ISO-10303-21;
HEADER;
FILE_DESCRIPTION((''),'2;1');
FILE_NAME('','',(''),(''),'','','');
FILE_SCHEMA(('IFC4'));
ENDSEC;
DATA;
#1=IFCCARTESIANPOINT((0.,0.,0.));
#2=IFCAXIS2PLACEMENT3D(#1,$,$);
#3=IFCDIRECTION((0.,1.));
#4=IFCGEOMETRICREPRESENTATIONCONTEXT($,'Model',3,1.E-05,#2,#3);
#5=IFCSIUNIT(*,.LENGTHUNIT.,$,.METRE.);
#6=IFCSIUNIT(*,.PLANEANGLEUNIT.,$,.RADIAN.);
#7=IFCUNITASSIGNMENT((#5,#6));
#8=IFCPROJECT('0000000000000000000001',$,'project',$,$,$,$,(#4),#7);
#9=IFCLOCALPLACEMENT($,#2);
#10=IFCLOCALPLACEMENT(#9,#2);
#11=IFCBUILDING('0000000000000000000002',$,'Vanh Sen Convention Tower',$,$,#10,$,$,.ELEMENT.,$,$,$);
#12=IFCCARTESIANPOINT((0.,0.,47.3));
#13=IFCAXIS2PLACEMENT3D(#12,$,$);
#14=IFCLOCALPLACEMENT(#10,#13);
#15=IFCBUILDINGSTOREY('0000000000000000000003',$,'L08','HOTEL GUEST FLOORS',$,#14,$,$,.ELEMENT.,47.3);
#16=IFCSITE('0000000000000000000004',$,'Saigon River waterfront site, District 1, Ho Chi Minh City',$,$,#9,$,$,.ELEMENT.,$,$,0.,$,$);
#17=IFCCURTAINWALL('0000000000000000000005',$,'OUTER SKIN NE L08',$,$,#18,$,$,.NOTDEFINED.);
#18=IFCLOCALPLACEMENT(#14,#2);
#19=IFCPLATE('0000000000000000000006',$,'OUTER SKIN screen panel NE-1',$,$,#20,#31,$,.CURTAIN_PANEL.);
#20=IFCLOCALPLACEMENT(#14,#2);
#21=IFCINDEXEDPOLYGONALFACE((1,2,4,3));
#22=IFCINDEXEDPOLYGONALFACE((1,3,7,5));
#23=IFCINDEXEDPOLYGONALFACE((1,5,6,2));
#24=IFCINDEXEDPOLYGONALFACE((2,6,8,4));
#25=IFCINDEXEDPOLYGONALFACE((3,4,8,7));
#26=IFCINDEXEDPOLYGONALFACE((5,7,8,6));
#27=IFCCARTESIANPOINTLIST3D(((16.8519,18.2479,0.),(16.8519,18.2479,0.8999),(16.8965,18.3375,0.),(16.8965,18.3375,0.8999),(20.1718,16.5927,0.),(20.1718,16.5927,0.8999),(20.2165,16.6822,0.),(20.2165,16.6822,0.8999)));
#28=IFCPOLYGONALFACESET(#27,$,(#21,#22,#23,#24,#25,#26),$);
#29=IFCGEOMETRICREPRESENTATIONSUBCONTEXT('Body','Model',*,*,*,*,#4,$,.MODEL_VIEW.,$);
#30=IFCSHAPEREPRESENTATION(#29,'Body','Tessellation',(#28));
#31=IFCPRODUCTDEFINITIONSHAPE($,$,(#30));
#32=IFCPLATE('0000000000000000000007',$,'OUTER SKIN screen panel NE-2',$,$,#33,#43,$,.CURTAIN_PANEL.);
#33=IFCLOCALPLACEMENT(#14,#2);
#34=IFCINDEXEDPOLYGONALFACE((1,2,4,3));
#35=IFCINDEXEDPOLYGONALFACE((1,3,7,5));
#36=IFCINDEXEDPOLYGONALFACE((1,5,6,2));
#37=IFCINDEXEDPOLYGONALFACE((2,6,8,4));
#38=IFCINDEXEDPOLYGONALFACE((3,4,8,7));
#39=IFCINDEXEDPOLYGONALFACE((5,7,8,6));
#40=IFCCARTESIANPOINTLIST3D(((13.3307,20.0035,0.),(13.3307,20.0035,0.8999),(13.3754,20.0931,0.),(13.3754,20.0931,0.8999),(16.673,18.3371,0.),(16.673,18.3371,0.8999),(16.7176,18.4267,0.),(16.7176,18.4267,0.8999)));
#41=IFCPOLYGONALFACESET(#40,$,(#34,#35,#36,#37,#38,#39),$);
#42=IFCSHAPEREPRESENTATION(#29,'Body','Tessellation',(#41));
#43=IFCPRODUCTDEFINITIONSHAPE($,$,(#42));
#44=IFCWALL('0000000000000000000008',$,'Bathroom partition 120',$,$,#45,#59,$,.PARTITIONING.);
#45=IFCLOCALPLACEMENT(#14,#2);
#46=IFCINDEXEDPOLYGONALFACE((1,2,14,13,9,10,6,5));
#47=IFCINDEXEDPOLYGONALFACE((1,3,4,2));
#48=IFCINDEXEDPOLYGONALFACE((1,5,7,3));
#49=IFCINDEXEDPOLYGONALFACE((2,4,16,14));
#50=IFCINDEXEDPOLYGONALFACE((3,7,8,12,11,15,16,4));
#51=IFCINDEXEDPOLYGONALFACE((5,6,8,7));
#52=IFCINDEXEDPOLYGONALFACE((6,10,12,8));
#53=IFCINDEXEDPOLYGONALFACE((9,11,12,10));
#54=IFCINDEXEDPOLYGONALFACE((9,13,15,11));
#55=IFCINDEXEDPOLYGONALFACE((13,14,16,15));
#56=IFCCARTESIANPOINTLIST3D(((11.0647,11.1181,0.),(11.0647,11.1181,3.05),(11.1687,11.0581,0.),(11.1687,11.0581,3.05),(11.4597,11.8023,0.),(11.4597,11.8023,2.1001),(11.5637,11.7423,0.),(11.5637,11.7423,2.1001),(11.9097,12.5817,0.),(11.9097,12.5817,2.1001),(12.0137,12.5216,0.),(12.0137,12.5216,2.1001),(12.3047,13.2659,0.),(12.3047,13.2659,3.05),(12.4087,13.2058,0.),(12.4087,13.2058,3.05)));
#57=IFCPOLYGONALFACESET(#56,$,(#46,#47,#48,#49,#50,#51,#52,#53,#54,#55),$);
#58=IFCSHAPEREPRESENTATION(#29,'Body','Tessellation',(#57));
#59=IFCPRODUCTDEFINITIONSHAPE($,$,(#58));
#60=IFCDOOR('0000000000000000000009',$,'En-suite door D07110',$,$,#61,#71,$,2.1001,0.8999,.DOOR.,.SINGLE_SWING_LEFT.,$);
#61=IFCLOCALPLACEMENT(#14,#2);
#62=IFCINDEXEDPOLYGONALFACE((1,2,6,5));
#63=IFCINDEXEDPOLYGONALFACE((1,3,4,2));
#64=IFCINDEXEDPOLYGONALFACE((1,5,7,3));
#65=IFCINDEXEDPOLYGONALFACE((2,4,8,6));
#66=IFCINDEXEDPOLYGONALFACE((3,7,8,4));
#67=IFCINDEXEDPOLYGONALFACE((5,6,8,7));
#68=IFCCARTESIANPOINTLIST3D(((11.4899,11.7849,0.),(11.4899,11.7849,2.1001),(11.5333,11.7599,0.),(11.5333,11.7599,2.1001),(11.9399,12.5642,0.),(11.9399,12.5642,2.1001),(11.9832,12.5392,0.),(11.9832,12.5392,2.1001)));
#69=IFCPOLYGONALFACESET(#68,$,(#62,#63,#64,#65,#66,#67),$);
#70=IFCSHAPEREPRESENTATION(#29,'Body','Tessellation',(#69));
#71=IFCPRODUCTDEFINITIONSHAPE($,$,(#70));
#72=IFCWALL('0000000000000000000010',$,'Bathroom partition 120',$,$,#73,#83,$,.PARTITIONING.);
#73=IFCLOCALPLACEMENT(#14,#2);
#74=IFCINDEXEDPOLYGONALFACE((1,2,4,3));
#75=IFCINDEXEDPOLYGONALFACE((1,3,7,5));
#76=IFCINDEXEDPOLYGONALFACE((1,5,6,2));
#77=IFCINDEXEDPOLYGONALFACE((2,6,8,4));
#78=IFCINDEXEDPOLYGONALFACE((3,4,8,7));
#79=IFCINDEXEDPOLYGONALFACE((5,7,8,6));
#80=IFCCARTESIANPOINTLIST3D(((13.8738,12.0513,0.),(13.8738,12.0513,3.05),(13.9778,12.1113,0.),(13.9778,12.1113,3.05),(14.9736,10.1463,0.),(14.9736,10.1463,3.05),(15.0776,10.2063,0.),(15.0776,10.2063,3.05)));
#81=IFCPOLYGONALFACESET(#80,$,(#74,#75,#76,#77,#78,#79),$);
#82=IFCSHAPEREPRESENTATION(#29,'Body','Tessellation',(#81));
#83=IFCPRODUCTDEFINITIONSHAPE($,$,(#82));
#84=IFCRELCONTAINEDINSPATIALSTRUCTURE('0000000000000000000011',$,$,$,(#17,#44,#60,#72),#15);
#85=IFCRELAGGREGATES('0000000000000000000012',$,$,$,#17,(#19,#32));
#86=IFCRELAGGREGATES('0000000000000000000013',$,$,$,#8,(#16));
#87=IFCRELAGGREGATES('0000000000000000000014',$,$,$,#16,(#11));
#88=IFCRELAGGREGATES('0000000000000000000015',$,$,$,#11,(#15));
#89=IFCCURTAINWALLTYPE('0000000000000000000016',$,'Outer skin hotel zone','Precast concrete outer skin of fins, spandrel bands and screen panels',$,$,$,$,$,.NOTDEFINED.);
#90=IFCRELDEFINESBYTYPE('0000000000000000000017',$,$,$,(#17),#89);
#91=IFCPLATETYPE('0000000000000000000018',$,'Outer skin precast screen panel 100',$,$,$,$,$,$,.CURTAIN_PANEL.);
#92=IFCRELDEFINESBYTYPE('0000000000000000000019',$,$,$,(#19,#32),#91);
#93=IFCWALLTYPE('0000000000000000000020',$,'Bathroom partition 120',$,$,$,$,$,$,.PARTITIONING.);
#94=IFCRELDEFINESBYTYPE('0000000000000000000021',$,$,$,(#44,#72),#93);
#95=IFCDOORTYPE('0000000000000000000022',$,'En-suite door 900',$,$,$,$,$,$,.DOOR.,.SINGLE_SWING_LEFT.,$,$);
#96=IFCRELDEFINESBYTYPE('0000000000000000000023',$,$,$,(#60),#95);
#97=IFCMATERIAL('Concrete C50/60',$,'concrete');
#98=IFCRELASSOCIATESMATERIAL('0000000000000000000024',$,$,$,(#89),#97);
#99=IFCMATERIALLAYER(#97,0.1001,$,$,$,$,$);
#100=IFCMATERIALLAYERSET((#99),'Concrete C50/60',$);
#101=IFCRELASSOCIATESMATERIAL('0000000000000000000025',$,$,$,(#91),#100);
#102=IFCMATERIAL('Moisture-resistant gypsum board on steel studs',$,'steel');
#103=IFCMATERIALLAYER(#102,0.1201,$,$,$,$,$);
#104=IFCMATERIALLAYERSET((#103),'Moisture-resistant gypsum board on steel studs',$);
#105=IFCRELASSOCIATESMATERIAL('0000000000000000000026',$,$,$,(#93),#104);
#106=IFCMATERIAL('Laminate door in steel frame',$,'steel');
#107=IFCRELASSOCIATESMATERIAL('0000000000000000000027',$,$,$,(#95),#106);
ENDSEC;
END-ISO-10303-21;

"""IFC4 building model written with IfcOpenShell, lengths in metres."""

from ifc_helpers import new_model, si_unit, direction, frame, frame_2d, origin, origin_2d, place, context, subcontext, project, spatial, rectangle, extrude, material, layer, layer_set, type_object, element, fill, aggregate, save


model = new_model("IFC4")

# Units and contexts
model_context = context("Model", 3, precision=1e-05, world=origin(), true_north=direction((0.0, 1.0)))
body_context = subcontext(model_context, "Body", "Model", "MODEL_VIEW")
ifc_project = project(units=[si_unit("LENGTHUNIT", "METRE"), si_unit("PLANEANGLEUNIT", "RADIAN")], contexts=[model_context])

# Site, building, storey
site_placement = place(None, origin())
site = spatial("IfcSite", under=ifc_project, at=site_placement, Name="Saigon River waterfront site, District 1, Ho Chi Minh City", CompositionType="ELEMENT", RefElevation=0.0)
building_placement = place(site_placement, origin())
building = spatial("IfcBuilding", under=site, at=building_placement, Name="Vanh Sen Convention Tower", CompositionType="ELEMENT")
storey_placement = place(building_placement, frame((0.0, 0.0, 47.3)))
storey = spatial("IfcBuildingStorey", under=building, at=storey_placement, Name="L08", Description="HOTEL GUEST FLOORS", CompositionType="ELEMENT", Elevation=47.3)

# Curtain wall
ifc_material_1 = material(Name="Concrete C50/60", Category="concrete")
curtain_wall_type = type_object("IfcCurtainWallType", Name="Outer skin hotel zone", Description="Precast concrete outer skin of fins, spandrel bands and screen panels", PredefinedType="NOTDEFINED", material=ifc_material_1)
curtain_wall_1_placement = place(storey_placement, origin())
curtain_wall_1 = element("IfcCurtainWall", 1, at=curtain_wall_1_placement, inside=storey, type_object=curtain_wall_type, Name="OUTER SKIN NE L08", PredefinedType="NOTDEFINED")

# Shared definitions
ifc_layer_1 = layer(ifc_material_1, 0.1001)
ifc_layer_set_1 = layer_set([ifc_layer_1], Name="Concrete C50/60")
plate_type = type_object("IfcPlateType", Name="Outer skin precast screen panel 100", PredefinedType="CURTAIN_PANEL", material=ifc_layer_set_1)

# Plates
plate_1_placement = place(storey_placement, frame((18.5342, 17.4651, 0.0), z_axis=(0.0, 0.0, 1.0), x_axis=(-0.894935, 0.446196, 0.0)))
plate_1 = element("IfcPlate", 2, at=plate_1_placement, type_object=plate_type, Name="OUTER SKIN screen panel NE-1", PredefinedType="CURTAIN_PANEL", context=body_context, shape_type="SweptSolid", body=[
    extrude(rectangle(XDim=3.7097, YDim=0.1001, at=origin_2d()), origin(), (0.0, 0.0, 1.0), 0.8999),
])
plate_2_placement = place(storey_placement, frame((15.0242, 19.2151, 0.0), z_axis=(0.0, 0.0, 1.0), x_axis=(-0.894935, 0.446196, 0.0)))
plate_2 = element("IfcPlate", 3, at=plate_2_placement, type_object=plate_type, Name="OUTER SKIN screen panel NE-2", PredefinedType="CURTAIN_PANEL", context=body_context, shape_type="SweptSolid", body=[
    extrude(rectangle(XDim=3.7346, YDim=0.1001, at=origin_2d()), origin(), (0.0, 0.0, 1.0), 0.8999),
])
aggregate(curtain_wall_1, [plate_1, plate_2])

# Wall, opening, door
ifc_material_2 = material(Name="Moisture-resistant gypsum board on steel studs", Category="steel")
ifc_layer_2 = layer(ifc_material_2, 0.1201)
ifc_layer_set_2 = layer_set([ifc_layer_2], Name="Moisture-resistant gypsum board on steel studs")
wall_type_1 = type_object("IfcWallType", Name="Bathroom partition 120", PredefinedType="PARTITIONING", material=ifc_layer_set_2)
wall_1_placement = place(storey_placement, frame((12.3567, 13.2358, 0.0), z_axis=(0.0, 0.0, 1.0), x_axis=(-0.500004, -0.866023, 0.0)))
wall_1 = element("IfcWall", 4, at=wall_1_placement, inside=storey, type_object=wall_type_1, Name="Bathroom partition 120", PredefinedType="PARTITIONING", context=body_context, shape_type="SweptSolid", body=[
    extrude(rectangle(XDim=2.48, YDim=0.1201, at=frame_2d((1.24, 0.0))), origin(), (0.0, 0.0, 1.0), 3.05),
])
opening_1_placement = place(wall_1_placement, frame((0.79, 0.0, 0.0)))
opening_1 = element("IfcOpeningElement", 5, at=opening_1_placement, cuts=wall_1, PredefinedType="OPENING", context=body_context, shape_type="SweptSolid", body=[
    extrude(rectangle(XDim=0.8999, YDim=2.1001, at=frame_2d((0.45, 1.05))), frame((0.0, 0.0701, 0.0), z_axis=(0.0, -1.0, 0.0), x_axis=(1.0, 0.0, 0.0)), (0.0, 0.0, 1.0), 0.1401),
])
ifc_material_3 = material(Name="Laminate door in steel frame", Category="steel")
door_type = type_object("IfcDoorType", Name="En-suite door 900", OperationType="SINGLE_SWING_LEFT", PredefinedType="DOOR", material=ifc_material_3)
door_placement = place(opening_1_placement, origin())
door = element("IfcDoor", 6, at=door_placement, inside=storey, type_object=door_type, Name="En-suite door D07110", OperationType="SINGLE_SWING_LEFT", OverallHeight=2.1001, OverallWidth=0.8999, PredefinedType="DOOR", context=body_context, shape_type="SweptSolid", body=[
    extrude(rectangle(XDim=0.8999, YDim=2.1001, at=frame_2d((0.45, 1.05))), frame((0.0, 0.0249, 0.0), z_axis=(0.0, -1.0, 0.0), x_axis=(1.0, 0.0, 0.0)), (0.0, 0.0, 1.0), 0.05),
])
fill(opening_1, door)

# Wall
wall_2_placement = place(storey_placement, frame((13.9258, 12.0813, 0.0), z_axis=(0.0, 0.0, 1.0), x_axis=(0.499995, -0.866028, 0.0)))
element("IfcWall", 7, at=wall_2_placement, inside=storey, type_object=wall_type_1, Name="Bathroom partition 120", PredefinedType="PARTITIONING", context=body_context, shape_type="SweptSolid", body=[
    extrude(rectangle(XDim=2.1997, YDim=0.1201, at=frame_2d((1.0999, 0.0))), origin(), (0.0, 0.0, 1.0), 3.05),
])

save(model, "model.ifc")
